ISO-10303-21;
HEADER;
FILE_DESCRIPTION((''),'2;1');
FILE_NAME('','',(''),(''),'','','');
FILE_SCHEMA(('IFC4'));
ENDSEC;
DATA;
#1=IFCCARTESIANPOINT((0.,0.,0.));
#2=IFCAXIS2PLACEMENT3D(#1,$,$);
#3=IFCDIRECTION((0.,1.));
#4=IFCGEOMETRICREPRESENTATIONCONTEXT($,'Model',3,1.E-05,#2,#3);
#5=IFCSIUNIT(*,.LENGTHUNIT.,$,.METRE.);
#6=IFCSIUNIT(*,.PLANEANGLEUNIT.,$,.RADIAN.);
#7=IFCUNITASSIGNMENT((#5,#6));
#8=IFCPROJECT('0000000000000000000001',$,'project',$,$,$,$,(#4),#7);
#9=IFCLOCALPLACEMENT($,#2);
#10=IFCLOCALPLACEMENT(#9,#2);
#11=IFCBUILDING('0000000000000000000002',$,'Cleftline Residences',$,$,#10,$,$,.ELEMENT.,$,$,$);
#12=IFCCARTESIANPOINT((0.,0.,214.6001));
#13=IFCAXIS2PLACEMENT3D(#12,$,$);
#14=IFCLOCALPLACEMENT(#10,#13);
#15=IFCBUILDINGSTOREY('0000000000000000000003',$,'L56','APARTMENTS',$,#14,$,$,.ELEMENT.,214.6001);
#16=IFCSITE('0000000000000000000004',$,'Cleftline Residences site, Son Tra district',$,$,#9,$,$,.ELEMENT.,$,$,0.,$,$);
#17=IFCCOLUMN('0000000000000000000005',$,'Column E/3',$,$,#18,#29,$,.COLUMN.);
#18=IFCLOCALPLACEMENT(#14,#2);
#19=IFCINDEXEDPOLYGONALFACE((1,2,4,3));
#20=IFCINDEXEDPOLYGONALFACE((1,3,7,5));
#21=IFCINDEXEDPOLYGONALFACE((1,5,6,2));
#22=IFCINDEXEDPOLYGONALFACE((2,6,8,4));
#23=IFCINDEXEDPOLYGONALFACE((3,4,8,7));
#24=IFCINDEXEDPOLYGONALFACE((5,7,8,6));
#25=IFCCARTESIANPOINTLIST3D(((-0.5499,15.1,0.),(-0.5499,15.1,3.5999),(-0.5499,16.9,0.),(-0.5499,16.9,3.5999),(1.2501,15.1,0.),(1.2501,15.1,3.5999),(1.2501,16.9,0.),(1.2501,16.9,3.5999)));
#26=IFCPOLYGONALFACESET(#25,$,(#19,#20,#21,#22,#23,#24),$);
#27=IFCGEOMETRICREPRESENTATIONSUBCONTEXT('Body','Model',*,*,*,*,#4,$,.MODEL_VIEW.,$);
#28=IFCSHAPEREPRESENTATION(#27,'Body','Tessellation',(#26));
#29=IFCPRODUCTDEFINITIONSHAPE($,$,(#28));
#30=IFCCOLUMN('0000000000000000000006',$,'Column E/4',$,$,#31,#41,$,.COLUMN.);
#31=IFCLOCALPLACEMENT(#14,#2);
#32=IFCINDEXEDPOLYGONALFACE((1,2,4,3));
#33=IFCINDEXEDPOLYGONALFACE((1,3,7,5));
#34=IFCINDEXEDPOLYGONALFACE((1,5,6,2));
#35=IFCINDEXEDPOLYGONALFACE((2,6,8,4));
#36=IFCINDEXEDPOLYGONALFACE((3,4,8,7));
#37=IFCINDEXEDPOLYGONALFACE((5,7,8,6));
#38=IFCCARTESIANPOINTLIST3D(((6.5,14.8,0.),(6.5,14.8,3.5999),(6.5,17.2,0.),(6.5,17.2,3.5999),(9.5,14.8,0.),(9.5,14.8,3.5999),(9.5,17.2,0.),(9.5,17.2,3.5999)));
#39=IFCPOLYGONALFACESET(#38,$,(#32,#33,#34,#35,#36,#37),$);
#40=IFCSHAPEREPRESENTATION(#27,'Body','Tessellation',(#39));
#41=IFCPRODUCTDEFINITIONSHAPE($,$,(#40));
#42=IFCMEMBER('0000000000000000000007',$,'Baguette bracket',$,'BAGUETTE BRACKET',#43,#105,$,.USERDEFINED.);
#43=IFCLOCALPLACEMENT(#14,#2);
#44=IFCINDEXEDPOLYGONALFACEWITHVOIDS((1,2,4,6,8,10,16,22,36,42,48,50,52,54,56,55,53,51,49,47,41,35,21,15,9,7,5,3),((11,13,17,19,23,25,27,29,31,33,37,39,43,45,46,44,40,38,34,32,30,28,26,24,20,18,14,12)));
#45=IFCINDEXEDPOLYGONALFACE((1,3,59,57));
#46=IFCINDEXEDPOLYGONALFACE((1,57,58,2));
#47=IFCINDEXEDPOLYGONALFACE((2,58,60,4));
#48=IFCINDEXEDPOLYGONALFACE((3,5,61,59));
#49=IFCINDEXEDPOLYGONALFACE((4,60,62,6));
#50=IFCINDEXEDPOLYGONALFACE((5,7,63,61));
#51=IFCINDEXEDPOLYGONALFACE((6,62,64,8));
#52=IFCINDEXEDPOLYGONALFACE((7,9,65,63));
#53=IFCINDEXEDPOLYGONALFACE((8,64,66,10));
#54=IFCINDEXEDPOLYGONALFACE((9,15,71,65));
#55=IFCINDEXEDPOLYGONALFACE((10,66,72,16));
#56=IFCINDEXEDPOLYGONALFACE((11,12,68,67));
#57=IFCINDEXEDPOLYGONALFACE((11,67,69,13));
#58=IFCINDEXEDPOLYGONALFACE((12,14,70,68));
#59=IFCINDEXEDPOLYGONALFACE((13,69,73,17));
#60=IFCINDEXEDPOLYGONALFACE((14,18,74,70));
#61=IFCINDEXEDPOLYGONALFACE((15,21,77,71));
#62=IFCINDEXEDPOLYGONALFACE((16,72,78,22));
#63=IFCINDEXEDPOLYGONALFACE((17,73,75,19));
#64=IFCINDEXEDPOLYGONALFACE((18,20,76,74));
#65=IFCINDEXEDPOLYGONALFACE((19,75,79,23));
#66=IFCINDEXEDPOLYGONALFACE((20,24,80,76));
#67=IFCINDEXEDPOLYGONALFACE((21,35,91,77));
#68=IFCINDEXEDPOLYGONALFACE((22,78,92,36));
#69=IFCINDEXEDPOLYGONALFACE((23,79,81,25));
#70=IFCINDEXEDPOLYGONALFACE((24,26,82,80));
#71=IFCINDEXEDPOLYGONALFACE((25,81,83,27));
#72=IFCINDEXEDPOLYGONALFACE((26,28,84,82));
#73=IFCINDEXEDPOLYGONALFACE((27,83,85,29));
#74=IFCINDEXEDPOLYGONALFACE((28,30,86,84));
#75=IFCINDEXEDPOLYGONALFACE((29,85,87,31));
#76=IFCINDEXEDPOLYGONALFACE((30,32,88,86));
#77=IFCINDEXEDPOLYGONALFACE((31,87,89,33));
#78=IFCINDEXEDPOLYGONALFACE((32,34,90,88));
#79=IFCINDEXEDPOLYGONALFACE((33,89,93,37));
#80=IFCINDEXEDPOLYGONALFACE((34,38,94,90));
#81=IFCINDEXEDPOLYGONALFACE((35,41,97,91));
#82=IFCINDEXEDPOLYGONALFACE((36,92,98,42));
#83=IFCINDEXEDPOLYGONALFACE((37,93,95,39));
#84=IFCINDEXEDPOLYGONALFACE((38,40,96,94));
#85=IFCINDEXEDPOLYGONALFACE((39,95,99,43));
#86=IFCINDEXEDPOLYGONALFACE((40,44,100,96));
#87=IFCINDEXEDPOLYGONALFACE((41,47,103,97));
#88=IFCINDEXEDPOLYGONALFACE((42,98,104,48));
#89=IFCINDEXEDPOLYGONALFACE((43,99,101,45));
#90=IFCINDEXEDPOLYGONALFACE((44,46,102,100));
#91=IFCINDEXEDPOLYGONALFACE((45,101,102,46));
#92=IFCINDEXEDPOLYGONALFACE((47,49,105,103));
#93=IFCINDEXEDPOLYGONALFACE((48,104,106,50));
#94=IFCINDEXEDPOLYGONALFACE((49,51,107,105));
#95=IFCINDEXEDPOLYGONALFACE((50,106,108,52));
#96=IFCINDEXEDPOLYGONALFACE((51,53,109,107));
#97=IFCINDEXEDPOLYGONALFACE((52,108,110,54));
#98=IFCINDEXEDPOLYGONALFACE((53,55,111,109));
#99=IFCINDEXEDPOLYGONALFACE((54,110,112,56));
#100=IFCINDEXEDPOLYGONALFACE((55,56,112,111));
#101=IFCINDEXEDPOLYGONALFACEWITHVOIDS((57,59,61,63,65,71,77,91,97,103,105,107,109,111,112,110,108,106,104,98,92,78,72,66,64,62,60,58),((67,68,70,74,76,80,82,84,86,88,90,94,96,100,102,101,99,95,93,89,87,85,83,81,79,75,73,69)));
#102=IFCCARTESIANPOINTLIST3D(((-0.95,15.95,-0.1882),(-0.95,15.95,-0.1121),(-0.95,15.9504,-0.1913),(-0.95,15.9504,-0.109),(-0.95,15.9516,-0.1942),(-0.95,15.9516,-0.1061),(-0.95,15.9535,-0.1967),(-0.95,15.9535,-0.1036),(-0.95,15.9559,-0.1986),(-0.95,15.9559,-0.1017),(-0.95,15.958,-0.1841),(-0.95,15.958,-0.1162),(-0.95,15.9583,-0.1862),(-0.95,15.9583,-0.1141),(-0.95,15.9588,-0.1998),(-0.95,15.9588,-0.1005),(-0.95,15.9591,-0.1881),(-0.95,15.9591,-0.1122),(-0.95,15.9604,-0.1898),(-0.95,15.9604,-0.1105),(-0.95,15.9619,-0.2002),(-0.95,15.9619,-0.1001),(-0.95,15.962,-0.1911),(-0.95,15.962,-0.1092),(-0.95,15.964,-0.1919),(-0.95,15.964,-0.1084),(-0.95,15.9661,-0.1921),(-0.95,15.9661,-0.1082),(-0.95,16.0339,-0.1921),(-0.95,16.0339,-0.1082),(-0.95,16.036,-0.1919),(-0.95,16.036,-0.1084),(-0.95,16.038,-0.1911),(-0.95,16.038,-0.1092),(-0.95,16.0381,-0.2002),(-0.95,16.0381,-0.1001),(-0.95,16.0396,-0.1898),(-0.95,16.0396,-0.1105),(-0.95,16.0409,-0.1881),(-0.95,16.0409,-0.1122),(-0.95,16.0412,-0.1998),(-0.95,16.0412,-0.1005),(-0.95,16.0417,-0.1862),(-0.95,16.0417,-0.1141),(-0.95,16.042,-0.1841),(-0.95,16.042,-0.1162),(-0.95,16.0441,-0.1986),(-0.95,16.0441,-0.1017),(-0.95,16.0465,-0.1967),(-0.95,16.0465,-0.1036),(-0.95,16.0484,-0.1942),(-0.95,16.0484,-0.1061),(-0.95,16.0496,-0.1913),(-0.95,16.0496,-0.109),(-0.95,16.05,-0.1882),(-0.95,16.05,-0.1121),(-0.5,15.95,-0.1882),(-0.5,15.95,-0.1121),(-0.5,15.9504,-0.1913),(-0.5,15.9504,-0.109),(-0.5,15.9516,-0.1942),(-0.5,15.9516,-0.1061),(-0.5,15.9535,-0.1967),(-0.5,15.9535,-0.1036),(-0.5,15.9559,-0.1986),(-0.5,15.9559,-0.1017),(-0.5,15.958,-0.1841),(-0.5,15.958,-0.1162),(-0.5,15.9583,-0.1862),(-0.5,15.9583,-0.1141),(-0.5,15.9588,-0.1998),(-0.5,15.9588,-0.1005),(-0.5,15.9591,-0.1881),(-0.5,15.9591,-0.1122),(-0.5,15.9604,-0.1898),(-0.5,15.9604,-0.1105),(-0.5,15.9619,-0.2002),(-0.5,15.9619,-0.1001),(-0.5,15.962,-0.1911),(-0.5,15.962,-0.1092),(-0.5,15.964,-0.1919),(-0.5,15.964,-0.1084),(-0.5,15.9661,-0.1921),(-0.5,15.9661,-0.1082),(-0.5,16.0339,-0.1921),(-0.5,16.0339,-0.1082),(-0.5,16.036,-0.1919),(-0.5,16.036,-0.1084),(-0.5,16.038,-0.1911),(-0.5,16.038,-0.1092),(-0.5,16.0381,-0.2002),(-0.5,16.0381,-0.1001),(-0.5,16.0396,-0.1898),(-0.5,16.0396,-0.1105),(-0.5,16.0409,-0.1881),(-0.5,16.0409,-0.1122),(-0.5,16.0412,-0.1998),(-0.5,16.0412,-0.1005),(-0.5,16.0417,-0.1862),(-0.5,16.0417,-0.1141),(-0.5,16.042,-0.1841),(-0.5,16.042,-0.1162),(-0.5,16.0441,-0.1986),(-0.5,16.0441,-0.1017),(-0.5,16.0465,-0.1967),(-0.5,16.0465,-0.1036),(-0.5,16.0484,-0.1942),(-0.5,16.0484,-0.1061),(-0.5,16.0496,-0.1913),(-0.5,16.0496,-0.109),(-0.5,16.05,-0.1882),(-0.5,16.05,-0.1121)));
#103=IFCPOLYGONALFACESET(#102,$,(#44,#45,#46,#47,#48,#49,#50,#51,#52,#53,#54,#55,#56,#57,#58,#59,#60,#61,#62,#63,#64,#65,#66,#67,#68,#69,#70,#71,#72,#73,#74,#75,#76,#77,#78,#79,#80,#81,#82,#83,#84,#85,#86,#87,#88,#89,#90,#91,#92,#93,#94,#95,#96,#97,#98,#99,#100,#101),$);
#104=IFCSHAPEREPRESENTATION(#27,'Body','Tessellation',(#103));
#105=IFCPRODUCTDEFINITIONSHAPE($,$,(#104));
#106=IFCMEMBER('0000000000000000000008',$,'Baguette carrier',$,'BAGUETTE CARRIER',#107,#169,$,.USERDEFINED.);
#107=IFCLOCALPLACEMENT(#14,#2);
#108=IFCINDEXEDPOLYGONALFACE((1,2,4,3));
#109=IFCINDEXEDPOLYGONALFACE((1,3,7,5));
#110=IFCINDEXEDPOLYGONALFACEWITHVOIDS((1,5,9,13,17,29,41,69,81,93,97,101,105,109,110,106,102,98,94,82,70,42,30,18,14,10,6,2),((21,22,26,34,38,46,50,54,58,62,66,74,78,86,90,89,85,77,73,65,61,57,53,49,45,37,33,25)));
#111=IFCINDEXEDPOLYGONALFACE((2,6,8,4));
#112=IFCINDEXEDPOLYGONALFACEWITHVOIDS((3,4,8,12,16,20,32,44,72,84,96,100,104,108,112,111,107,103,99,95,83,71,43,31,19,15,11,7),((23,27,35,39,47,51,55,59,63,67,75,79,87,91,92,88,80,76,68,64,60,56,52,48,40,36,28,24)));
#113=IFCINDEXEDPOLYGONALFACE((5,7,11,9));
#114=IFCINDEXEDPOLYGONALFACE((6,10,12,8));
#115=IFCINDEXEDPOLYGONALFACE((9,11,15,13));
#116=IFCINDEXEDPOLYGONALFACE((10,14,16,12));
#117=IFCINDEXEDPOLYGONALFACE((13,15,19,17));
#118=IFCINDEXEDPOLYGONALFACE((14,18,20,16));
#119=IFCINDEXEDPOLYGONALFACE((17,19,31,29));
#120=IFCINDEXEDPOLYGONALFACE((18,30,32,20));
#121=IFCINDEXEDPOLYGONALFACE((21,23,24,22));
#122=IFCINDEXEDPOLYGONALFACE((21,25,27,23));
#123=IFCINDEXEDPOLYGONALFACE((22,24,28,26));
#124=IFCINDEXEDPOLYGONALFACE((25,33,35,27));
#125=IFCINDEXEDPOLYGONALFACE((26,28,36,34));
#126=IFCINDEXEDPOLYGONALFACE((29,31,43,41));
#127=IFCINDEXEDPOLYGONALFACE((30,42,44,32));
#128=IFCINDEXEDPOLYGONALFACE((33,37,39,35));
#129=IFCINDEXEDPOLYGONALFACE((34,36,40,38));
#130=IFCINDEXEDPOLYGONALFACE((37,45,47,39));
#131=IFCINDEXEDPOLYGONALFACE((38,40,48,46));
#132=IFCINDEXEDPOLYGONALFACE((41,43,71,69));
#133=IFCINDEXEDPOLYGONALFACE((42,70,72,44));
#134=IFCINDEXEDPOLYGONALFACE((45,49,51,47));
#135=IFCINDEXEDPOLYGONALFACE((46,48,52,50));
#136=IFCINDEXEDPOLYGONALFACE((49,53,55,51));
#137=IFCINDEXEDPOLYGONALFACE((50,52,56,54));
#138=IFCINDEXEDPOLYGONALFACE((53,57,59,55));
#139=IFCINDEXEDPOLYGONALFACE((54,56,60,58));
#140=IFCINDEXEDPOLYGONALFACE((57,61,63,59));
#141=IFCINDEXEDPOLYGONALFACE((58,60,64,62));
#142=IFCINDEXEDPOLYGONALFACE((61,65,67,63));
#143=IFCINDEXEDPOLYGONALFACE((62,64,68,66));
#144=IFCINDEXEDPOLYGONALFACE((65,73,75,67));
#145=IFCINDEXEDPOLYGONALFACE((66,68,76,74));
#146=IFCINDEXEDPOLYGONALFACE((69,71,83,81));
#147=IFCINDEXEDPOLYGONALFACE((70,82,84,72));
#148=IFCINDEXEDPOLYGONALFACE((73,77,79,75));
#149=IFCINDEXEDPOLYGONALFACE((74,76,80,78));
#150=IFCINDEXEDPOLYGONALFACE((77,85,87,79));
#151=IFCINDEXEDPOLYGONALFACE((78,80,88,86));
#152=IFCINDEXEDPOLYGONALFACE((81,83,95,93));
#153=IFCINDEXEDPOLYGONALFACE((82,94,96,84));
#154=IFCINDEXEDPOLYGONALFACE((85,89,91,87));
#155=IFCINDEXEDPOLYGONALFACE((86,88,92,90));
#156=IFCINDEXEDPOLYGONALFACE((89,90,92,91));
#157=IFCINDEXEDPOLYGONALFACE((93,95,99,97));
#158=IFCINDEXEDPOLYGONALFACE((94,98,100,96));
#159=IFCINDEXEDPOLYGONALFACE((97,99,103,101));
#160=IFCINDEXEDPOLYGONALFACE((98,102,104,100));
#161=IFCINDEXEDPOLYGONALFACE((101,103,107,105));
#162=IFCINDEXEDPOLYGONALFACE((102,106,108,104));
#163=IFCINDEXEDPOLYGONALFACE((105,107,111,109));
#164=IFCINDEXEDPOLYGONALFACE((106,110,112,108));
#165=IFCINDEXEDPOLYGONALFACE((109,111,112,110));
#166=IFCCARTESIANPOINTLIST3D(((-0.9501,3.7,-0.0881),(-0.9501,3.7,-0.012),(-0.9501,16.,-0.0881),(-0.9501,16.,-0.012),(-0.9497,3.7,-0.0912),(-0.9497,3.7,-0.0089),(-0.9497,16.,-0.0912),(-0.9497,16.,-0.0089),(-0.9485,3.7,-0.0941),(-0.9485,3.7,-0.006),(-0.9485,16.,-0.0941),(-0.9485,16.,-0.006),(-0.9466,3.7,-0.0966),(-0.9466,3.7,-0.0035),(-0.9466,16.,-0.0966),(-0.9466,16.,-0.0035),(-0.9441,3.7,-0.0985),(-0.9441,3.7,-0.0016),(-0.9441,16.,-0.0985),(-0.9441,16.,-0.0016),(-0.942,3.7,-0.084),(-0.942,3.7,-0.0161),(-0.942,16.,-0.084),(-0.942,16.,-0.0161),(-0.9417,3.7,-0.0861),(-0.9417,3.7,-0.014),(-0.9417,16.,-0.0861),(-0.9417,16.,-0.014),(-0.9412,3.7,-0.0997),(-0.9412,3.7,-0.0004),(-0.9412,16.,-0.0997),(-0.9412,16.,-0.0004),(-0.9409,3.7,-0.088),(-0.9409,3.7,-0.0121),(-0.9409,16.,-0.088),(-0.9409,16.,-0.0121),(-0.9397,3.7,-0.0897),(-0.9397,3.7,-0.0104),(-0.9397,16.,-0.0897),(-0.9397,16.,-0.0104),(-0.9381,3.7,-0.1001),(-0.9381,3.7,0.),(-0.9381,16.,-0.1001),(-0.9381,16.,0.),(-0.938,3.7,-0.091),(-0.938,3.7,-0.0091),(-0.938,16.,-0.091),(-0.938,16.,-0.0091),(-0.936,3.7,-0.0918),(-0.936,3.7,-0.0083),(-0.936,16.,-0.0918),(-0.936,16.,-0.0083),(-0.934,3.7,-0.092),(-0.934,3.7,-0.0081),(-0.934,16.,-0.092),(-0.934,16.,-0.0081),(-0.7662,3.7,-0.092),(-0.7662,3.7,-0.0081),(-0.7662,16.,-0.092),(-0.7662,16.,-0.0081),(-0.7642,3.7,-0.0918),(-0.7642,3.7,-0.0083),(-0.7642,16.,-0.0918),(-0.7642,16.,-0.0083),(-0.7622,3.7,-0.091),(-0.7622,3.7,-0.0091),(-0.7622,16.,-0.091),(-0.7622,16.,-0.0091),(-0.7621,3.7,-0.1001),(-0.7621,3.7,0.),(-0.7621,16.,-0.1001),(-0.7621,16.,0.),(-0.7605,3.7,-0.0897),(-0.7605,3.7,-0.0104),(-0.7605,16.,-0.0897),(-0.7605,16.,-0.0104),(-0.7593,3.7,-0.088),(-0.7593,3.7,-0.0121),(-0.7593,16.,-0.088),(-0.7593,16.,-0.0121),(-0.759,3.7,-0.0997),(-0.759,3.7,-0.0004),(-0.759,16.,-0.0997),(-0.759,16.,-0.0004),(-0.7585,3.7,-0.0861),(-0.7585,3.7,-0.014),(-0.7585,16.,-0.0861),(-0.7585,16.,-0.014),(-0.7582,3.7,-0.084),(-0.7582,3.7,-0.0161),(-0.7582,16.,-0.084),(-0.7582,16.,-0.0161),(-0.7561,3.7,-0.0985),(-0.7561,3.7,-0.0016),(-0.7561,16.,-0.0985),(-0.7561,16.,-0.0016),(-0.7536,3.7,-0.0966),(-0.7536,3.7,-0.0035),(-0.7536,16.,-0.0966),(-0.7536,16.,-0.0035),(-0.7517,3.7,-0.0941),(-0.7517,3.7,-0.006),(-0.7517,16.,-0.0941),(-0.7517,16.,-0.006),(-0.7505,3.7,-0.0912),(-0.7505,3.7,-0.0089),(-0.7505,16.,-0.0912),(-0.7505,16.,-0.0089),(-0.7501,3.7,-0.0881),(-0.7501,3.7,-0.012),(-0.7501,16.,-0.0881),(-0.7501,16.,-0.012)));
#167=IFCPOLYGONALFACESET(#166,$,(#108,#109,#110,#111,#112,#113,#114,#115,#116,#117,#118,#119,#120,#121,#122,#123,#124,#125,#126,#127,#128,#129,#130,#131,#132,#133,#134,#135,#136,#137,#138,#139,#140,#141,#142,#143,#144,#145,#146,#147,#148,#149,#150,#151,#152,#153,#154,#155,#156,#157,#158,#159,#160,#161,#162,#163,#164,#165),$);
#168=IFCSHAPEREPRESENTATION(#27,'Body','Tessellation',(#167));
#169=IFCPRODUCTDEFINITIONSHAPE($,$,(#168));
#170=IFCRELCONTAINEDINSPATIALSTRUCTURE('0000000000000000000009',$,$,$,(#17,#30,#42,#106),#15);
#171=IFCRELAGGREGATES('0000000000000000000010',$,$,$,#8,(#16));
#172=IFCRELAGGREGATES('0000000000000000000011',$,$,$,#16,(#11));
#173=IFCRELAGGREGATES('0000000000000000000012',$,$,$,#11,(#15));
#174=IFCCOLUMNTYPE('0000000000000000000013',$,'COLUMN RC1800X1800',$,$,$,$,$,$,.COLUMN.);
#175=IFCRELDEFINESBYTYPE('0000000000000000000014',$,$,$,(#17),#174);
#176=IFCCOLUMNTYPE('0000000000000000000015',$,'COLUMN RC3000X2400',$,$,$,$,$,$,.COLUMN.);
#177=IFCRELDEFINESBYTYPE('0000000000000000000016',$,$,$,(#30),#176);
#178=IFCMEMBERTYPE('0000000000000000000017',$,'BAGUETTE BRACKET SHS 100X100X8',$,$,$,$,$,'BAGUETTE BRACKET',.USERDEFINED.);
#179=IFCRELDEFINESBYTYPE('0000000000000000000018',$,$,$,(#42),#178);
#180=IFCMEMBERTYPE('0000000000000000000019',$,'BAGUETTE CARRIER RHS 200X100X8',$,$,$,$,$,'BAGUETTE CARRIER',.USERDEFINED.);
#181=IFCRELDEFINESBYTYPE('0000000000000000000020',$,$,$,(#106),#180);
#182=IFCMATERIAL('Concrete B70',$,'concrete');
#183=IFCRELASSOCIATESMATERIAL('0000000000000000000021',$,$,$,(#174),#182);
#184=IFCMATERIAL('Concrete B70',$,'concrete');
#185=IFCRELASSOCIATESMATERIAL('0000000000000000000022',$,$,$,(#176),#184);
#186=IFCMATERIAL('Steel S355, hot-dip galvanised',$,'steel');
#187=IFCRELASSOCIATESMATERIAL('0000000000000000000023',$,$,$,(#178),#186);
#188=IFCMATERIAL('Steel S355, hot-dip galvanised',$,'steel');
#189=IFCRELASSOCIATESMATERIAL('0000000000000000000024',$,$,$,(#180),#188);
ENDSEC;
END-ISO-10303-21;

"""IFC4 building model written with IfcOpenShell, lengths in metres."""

from ifc_helpers import new_model, si_unit, direction, frame, origin, origin_2d, place, context, subcontext, project, spatial, rectangle, hollow_rectangle, extrude, material, material_profile, profile_set, type_object, element, save


model = new_model("IFC4")

# Units and contexts
model_context = context("Model", 3, precision=1e-05, world=origin(), true_north=direction((0.0, 1.0)))
body_context = subcontext(model_context, "Body", "Model", "MODEL_VIEW")
ifc_project = project(units=[si_unit("LENGTHUNIT", "METRE"), si_unit("PLANEANGLEUNIT", "RADIAN")], contexts=[model_context])

# Site, building, storey
site_placement = place(None, origin())
site = spatial("IfcSite", under=ifc_project, at=site_placement, Name="Cleftline Residences site, Son Tra district", CompositionType="ELEMENT", RefElevation=0.0)
building_placement = place(site_placement, origin())
building = spatial("IfcBuilding", under=site, at=building_placement, Name="Cleftline Residences", CompositionType="ELEMENT")
storey_placement = place(building_placement, frame((0.0, 0.0, 214.6001)))
storey = spatial("IfcBuildingStorey", under=building, at=storey_placement, Name="L56", Description="APARTMENTS", CompositionType="ELEMENT", Elevation=214.6001)

# Columns
ifc_material_1 = material(Name="Concrete B70", Category="concrete")
ifc_material_profile_1 = material_profile(ifc_material_1, rectangle(XDim=1.8, YDim=1.8, at=origin_2d()))
ifc_profile_set_1 = profile_set([ifc_material_profile_1], Name="Concrete B70")
column_type_1 = type_object("IfcColumnType", Name="COLUMN RC1800X1800", PredefinedType="COLUMN", material=ifc_profile_set_1)
column_1_placement = place(storey_placement, frame((0.3501, 16.0, 0.0), z_axis=(0.0, 0.0, 1.0), x_axis=(1.0, 0.0, 0.0)))
element("IfcColumn", 1, at=column_1_placement, inside=storey, type_object=column_type_1, Name="Column E/3", PredefinedType="COLUMN", context=body_context, shape_type="SweptSolid", body=[
    extrude(rectangle(XDim=1.8, YDim=1.8, at=origin_2d()), origin(), (0.0, 0.0, 1.0), 3.5999),
])
ifc_material_2 = material(Name="Concrete B70", Category="concrete")
ifc_material_profile_2 = material_profile(ifc_material_2, rectangle(XDim=3.0, YDim=2.3999, at=origin_2d()))
ifc_profile_set_2 = profile_set([ifc_material_profile_2], Name="Concrete B70")
column_type_2 = type_object("IfcColumnType", Name="COLUMN RC3000X2400", PredefinedType="COLUMN", material=ifc_profile_set_2)
column_2_placement = place(storey_placement, frame((8.0, 16.0, 0.0), z_axis=(0.0, 0.0, 1.0), x_axis=(1.0, 0.0, 0.0)))
element("IfcColumn", 2, at=column_2_placement, inside=storey, type_object=column_type_2, Name="Column E/4", PredefinedType="COLUMN", context=body_context, shape_type="SweptSolid", body=[
    extrude(rectangle(XDim=3.0, YDim=2.3999, at=origin_2d()), origin(), (0.0, 0.0, 1.0), 3.5999),
])

# Members
ifc_material_3 = material(Name="Steel S355, hot-dip galvanised", Category="steel")
ifc_material_profile_3 = material_profile(ifc_material_3, hollow_rectangle(XDim=0.1001, YDim=0.1001, WallThickness=0.0081, InnerFilletRadius=0.0081, OuterFilletRadius=0.012, at=origin_2d()))
ifc_profile_set_3 = profile_set([ifc_material_profile_3], Name="Steel S355, hot-dip galvanised")
member_type_1 = type_object("IfcMemberType", Name="BAGUETTE BRACKET SHS 100X100X8", ElementType="BAGUETTE BRACKET", PredefinedType="USERDEFINED", material=ifc_profile_set_3)
member_1_placement = place(storey_placement, frame((-0.5, 16.0, -0.1501), z_axis=(-1.0, 0.0, 0.0), x_axis=(0.0, -1.0, 0.0)))
element("IfcMember", 3, at=member_1_placement, inside=storey, type_object=member_type_1, Name="Baguette bracket", ObjectType="BAGUETTE BRACKET", PredefinedType="USERDEFINED", context=body_context, shape_type="SweptSolid", body=[
    extrude(hollow_rectangle(XDim=0.1001, YDim=0.1001, WallThickness=0.0081, InnerFilletRadius=0.0081, OuterFilletRadius=0.012, at=origin_2d()), origin(), (0.0, 0.0, 1.0), 0.45),
])
ifc_material_4 = material(Name="Steel S355, hot-dip galvanised", Category="steel")
ifc_material_profile_4 = material_profile(ifc_material_4, hollow_rectangle(XDim=0.1001, YDim=0.2, WallThickness=0.0081, InnerFilletRadius=0.0081, OuterFilletRadius=0.012, at=origin_2d()))
ifc_profile_set_4 = profile_set([ifc_material_profile_4], Name="Steel S355, hot-dip galvanised")
member_type_2 = type_object("IfcMemberType", Name="BAGUETTE CARRIER RHS 200X100X8", ElementType="BAGUETTE CARRIER", PredefinedType="USERDEFINED", material=ifc_profile_set_4)
member_2_placement = place(storey_placement, frame((-0.8501, 16.0, -0.05), z_axis=(0.0, -1.0, 0.0), x_axis=(0.0, 0.0, 1.0)))
element("IfcMember", 4, at=member_2_placement, inside=storey, type_object=member_type_2, Name="Baguette carrier", ObjectType="BAGUETTE CARRIER", PredefinedType="USERDEFINED", context=body_context, shape_type="SweptSolid", body=[
    extrude(hollow_rectangle(XDim=0.1001, YDim=0.2, WallThickness=0.0081, InnerFilletRadius=0.0081, OuterFilletRadius=0.012, at=origin_2d()), origin(), (0.0, 0.0, 1.0), 12.3),
])

save(model, "model.ifc")
